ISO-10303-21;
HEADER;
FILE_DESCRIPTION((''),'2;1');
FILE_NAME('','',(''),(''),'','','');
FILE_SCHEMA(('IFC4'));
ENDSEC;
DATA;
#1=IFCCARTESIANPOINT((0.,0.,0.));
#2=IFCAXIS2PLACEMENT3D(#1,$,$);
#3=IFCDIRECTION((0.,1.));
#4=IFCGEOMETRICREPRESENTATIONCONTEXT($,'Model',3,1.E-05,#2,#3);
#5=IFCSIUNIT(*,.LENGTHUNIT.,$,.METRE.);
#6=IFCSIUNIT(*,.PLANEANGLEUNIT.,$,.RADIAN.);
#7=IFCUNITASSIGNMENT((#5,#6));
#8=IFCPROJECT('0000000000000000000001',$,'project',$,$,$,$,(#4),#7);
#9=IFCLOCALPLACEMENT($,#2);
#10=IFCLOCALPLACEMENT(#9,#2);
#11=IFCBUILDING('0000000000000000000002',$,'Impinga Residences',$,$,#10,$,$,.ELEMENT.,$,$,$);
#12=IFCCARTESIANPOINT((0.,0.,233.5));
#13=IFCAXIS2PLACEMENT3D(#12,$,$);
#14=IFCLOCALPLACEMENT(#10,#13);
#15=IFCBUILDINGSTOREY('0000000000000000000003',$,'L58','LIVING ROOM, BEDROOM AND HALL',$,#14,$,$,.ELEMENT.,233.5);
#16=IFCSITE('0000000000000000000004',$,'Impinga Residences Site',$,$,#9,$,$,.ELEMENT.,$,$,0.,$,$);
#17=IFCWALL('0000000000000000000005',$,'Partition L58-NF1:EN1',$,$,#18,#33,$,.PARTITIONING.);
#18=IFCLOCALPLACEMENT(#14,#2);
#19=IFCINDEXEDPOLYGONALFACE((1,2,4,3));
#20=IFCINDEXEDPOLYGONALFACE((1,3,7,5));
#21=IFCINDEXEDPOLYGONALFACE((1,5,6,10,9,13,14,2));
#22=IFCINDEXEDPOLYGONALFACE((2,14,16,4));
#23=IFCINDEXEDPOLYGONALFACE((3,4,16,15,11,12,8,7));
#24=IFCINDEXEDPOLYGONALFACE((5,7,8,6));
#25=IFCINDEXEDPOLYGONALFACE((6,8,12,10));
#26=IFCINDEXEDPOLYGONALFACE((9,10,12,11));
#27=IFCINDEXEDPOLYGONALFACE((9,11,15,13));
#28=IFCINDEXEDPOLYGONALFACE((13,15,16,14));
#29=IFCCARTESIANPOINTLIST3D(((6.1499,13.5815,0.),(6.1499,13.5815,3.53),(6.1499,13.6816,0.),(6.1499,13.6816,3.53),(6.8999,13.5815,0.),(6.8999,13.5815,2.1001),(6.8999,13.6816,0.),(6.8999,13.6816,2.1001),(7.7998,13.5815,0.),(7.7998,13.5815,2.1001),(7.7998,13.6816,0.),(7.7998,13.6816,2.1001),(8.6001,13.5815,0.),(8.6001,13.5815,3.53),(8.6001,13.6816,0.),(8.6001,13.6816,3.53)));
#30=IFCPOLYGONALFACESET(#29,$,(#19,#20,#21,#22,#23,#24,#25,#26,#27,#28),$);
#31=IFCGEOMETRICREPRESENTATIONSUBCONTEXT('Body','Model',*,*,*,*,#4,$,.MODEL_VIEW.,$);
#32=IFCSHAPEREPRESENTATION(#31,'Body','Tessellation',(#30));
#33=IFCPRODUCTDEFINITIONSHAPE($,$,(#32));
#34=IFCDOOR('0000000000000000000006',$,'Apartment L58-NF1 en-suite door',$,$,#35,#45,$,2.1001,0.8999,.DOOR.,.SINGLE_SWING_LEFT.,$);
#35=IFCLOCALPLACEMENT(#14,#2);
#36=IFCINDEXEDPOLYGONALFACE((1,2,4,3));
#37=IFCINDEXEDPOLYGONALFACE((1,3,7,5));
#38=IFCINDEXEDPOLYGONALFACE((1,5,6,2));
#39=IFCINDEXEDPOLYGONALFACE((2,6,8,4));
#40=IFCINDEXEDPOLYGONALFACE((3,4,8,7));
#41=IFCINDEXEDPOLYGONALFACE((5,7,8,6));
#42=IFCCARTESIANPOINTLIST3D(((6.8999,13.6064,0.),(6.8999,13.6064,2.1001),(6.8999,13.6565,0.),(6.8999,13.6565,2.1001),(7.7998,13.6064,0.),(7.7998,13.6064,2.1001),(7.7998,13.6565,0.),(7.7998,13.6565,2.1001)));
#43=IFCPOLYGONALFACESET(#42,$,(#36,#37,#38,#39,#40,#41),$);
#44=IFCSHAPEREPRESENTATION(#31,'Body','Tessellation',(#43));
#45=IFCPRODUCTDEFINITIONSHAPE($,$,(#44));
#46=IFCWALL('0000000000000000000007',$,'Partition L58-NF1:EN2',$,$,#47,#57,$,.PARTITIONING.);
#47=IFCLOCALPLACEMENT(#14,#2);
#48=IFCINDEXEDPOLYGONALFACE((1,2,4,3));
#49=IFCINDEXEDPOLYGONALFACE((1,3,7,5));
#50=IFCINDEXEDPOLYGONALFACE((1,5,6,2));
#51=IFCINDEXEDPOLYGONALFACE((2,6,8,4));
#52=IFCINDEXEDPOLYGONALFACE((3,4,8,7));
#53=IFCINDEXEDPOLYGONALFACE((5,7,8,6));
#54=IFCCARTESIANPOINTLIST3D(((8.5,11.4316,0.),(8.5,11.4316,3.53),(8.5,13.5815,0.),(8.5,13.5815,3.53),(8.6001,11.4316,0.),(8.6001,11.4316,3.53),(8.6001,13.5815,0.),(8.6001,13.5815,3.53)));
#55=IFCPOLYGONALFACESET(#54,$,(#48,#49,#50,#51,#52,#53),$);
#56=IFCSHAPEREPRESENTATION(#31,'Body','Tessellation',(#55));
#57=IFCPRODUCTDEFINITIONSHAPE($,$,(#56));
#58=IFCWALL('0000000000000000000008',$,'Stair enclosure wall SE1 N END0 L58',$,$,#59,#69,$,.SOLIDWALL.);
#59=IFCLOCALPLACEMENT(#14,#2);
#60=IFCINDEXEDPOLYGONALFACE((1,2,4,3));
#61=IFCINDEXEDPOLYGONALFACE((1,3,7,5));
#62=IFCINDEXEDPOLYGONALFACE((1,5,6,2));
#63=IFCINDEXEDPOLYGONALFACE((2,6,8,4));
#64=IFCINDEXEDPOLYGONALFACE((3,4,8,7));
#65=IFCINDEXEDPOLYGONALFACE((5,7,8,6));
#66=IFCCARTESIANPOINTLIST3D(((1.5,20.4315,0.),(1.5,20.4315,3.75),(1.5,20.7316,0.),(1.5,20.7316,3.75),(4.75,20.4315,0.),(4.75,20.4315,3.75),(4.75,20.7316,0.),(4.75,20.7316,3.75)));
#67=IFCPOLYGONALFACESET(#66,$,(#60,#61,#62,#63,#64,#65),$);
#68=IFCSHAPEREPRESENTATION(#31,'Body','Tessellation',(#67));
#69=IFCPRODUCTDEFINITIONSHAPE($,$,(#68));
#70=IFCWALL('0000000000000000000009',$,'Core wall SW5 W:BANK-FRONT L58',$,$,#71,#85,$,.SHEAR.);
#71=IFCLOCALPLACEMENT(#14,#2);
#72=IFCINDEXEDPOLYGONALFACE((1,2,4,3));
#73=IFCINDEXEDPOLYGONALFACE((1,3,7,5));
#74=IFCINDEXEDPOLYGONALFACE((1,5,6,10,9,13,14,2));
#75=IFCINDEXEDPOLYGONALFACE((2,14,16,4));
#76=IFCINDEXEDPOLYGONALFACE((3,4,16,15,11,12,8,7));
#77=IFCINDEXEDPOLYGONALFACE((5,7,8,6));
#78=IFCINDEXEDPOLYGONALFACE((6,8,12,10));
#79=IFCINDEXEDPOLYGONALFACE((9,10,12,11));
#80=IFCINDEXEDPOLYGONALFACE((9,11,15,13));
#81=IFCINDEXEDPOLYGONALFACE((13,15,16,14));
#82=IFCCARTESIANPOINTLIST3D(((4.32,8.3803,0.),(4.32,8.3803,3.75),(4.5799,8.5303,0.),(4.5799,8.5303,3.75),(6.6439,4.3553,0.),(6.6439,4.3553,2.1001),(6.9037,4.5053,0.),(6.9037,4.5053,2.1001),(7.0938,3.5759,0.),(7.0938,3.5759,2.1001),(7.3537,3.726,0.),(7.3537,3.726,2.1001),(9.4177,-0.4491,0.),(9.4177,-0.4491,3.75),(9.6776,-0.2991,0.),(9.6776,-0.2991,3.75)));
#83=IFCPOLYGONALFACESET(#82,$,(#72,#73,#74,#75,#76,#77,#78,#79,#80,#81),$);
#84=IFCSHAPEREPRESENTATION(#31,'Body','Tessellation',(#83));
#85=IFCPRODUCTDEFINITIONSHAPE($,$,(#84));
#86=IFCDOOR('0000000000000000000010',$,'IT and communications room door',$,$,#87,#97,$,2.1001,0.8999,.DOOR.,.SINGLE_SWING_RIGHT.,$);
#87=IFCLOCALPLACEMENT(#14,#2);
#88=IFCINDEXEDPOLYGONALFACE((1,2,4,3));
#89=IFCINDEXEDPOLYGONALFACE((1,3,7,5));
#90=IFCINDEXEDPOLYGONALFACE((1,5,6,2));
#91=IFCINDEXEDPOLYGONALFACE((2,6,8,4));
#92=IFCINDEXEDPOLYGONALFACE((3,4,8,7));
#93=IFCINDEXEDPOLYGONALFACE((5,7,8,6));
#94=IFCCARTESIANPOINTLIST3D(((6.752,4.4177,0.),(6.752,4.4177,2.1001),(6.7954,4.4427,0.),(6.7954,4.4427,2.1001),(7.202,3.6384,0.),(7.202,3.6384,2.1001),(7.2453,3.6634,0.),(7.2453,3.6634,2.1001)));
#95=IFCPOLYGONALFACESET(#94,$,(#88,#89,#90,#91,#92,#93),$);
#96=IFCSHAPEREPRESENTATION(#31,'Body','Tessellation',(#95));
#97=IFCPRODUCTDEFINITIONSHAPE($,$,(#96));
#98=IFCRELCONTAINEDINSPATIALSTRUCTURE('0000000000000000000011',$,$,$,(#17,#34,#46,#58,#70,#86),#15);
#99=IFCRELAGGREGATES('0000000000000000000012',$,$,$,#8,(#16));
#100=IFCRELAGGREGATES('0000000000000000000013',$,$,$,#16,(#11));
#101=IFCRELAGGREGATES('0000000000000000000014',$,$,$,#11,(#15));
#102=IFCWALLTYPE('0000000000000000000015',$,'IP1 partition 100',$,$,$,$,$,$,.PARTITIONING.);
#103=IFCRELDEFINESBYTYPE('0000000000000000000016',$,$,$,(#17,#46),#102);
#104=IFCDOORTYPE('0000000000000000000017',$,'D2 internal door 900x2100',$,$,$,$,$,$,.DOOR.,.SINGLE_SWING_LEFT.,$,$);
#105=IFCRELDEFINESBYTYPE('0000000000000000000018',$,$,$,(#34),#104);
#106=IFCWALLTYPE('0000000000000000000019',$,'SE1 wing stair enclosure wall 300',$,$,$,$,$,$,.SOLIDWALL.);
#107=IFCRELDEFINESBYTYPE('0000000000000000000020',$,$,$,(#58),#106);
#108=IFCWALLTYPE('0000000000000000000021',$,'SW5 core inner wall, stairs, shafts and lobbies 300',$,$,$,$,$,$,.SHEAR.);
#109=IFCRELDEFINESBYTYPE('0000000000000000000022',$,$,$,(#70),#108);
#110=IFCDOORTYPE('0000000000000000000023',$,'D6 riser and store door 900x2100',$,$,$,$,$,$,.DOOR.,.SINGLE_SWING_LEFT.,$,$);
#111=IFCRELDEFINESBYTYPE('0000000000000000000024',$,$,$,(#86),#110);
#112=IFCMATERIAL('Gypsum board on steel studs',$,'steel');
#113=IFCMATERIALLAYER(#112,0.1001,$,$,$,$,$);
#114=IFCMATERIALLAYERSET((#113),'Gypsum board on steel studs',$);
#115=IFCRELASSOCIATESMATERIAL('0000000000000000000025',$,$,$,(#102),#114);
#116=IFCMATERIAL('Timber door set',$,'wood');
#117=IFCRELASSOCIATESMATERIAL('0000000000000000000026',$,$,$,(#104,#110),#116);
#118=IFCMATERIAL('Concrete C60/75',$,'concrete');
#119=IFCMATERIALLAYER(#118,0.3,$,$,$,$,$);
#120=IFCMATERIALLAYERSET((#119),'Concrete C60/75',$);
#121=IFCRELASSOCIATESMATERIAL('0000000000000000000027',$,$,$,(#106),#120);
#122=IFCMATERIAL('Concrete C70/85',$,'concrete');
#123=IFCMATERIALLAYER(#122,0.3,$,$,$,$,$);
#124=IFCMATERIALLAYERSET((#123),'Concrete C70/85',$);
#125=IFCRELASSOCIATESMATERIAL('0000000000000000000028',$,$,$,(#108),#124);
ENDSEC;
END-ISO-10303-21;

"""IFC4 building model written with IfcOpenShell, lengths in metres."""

from ifc_helpers import new_model, si_unit, direction, frame, frame_2d, origin, place, context, subcontext, project, spatial, rectangle, extrude, material, layer, layer_set, type_object, element, fill, save


model = new_model("IFC4")

# Units and contexts
model_context = context("Model", 3, precision=1e-05, world=origin(), true_north=direction((0.0, 1.0)))
body_context = subcontext(model_context, "Body", "Model", "MODEL_VIEW")
ifc_project = project(units=[si_unit("LENGTHUNIT", "METRE"), si_unit("PLANEANGLEUNIT", "RADIAN")], contexts=[model_context])

# Site, building, storey
site_placement = place(None, origin())
site = spatial("IfcSite", under=ifc_project, at=site_placement, Name="Impinga Residences Site", CompositionType="ELEMENT", RefElevation=0.0)
building_placement = place(site_placement, origin())
building = spatial("IfcBuilding", under=site, at=building_placement, Name="Impinga Residences", CompositionType="ELEMENT")
storey_placement = place(building_placement, frame((0.0, 0.0, 233.5)))
storey = spatial("IfcBuildingStorey", under=building, at=storey_placement, Name="L58", Description="LIVING ROOM, BEDROOM AND HALL", CompositionType="ELEMENT", Elevation=233.5)

# Shared definitions
ifc_material_1 = material(Name="Concrete C60/75", Category="concrete")

# Shared definitions
ifc_material_2 = material(Name="Gypsum board on steel studs", Category="steel")
ifc_layer_1 = layer(ifc_material_2, 0.1001)
ifc_layer_set_1 = layer_set([ifc_layer_1], Name="Gypsum board on steel studs")
wall_type_1 = type_object("IfcWallType", Name="IP1 partition 100", PredefinedType="PARTITIONING", material=ifc_layer_set_1)

# Shared definitions
ifc_material_3 = material(Name="Timber door set", Category="wood")
door_type_1 = type_object("IfcDoorType", Name="D2 internal door 900x2100", OperationType="SINGLE_SWING_LEFT", PredefinedType="DOOR", material=ifc_material_3)

# Wall, opening, door
wall_1_placement = place(storey_placement, frame((6.1499, 13.6316, 0.0), z_axis=(0.0, 0.0, 1.0), x_axis=(1.0, 0.0, 0.0)))
wall_1 = element("IfcWall", 1, at=wall_1_placement, inside=storey, type_object=wall_type_1, Name="Partition L58-NF1:EN1", PredefinedType="PARTITIONING", context=body_context, shape_type="SweptSolid", body=[
    extrude(rectangle(XDim=2.4502, YDim=0.1001, at=frame_2d((1.2251, 0.0))), origin(), (0.0, 0.0, 1.0), 3.53),
])
opening_1_placement = place(wall_1_placement, frame((0.75, 0.0, 0.0)))
opening_1 = element("IfcOpeningElement", 2, at=opening_1_placement, cuts=wall_1, PredefinedType="OPENING", context=body_context, shape_type="SweptSolid", body=[
    extrude(rectangle(XDim=0.8999, YDim=2.1001, at=frame_2d((0.45, 1.05))), frame((0.0, 0.0601, 0.0), z_axis=(0.0, -1.0, 0.0), x_axis=(1.0, 0.0, 0.0)), (0.0, 0.0, 1.0), 0.1201),
])
door_1_placement = place(opening_1_placement, origin())
door_1 = element("IfcDoor", 3, at=door_1_placement, inside=storey, type_object=door_type_1, Name="Apartment L58-NF1 en-suite door", OperationType="SINGLE_SWING_LEFT", OverallHeight=2.1001, OverallWidth=0.8999, PredefinedType="DOOR", context=body_context, shape_type="SweptSolid", body=[
    extrude(rectangle(XDim=0.8999, YDim=2.1001, at=frame_2d((0.45, 1.05))), frame((0.0, 0.0249, 0.0), z_axis=(0.0, -1.0, 0.0), x_axis=(1.0, 0.0, 0.0)), (0.0, 0.0, 1.0), 0.05),
])
fill(opening_1, door_1)

# Walls
wall_2_placement = place(storey_placement, frame((8.55, 11.4316, 0.0), z_axis=(0.0, 0.0, 1.0), x_axis=(0.0, 1.0, 0.0)))
element("IfcWall", 4, at=wall_2_placement, inside=storey, type_object=wall_type_1, Name="Partition L58-NF1:EN2", PredefinedType="PARTITIONING", context=body_context, shape_type="SweptSolid", body=[
    extrude(rectangle(XDim=2.1499, YDim=0.1001, at=frame_2d((1.075, 0.0))), origin(), (0.0, 0.0, 1.0), 3.53),
])
ifc_layer_2 = layer(ifc_material_1, 0.3)
ifc_layer_set_2 = layer_set([ifc_layer_2], Name="Concrete C60/75")
wall_type_2 = type_object("IfcWallType", Name="SE1 wing stair enclosure wall 300", PredefinedType="SOLIDWALL", material=ifc_layer_set_2)
wall_3_placement = place(storey_placement, frame((1.5, 20.5815, 0.0), z_axis=(0.0, 0.0, 1.0), x_axis=(1.0, 0.0, 0.0)))
element("IfcWall", 5, at=wall_3_placement, inside=storey, type_object=wall_type_2, Name="Stair enclosure wall SE1 N END0 L58", PredefinedType="SOLIDWALL", context=body_context, shape_type="SweptSolid", body=[
    extrude(rectangle(XDim=3.25, YDim=0.3, at=frame_2d((1.625, 0.0))), origin(), (0.0, 0.0, 1.0), 3.75),
])

# Wall, opening, door
ifc_material_4 = material(Name="Concrete C70/85", Category="concrete")
ifc_layer_3 = layer(ifc_material_4, 0.3)
ifc_layer_set_3 = layer_set([ifc_layer_3], Name="Concrete C70/85")
wall_type_3 = type_object("IfcWallType", Name="SW5 core inner wall, stairs, shafts and lobbies 300", PredefinedType="SHEAR", material=ifc_layer_set_3)
wall_4_placement = place(storey_placement, frame((4.45, 8.4553, 0.0), z_axis=(0.0, 0.0, 1.0), x_axis=(0.500002, -0.866024, 0.0)))
wall_4 = element("IfcWall", 6, at=wall_4_placement, inside=storey, type_object=wall_type_3, Name="Core wall SW5 W:BANK-FRONT L58", PredefinedType="SHEAR", context=body_context, shape_type="SweptSolid", body=[
    extrude(rectangle(XDim=10.1953, YDim=0.3, at=frame_2d((5.0977, 0.0))), origin(), (0.0, 0.0, 1.0), 3.75),
])
opening_2_placement = place(wall_4_placement, frame((4.6477, 0.0, 0.0)))
opening_2 = element("IfcOpeningElement", 7, at=opening_2_placement, cuts=wall_4, PredefinedType="OPENING", context=body_context, shape_type="SweptSolid", body=[
    extrude(rectangle(XDim=0.8999, YDim=2.1001, at=frame_2d((0.45, 1.05))), frame((0.0, 0.1599, 0.0), z_axis=(0.0, -1.0, 0.0), x_axis=(1.0, 0.0, 0.0)), (0.0, 0.0, 1.0), 0.3201),
])
door_type_2 = type_object("IfcDoorType", Name="D6 riser and store door 900x2100", OperationType="SINGLE_SWING_LEFT", PredefinedType="DOOR", material=ifc_material_3)
door_2_placement = place(opening_2_placement, origin())
door_2 = element("IfcDoor", 8, at=door_2_placement, inside=storey, type_object=door_type_2, Name="IT and communications room door", OperationType="SINGLE_SWING_RIGHT", OverallHeight=2.1001, OverallWidth=0.8999, PredefinedType="DOOR", context=body_context, shape_type="SweptSolid", body=[
    extrude(rectangle(XDim=0.8999, YDim=2.1001, at=frame_2d((0.45, 1.05))), frame((0.0, 0.0249, 0.0), z_axis=(0.0, -1.0, 0.0), x_axis=(1.0, 0.0, 0.0)), (0.0, 0.0, 1.0), 0.05),
])
fill(opening_2, door_2)

save(model, "model.ifc")
